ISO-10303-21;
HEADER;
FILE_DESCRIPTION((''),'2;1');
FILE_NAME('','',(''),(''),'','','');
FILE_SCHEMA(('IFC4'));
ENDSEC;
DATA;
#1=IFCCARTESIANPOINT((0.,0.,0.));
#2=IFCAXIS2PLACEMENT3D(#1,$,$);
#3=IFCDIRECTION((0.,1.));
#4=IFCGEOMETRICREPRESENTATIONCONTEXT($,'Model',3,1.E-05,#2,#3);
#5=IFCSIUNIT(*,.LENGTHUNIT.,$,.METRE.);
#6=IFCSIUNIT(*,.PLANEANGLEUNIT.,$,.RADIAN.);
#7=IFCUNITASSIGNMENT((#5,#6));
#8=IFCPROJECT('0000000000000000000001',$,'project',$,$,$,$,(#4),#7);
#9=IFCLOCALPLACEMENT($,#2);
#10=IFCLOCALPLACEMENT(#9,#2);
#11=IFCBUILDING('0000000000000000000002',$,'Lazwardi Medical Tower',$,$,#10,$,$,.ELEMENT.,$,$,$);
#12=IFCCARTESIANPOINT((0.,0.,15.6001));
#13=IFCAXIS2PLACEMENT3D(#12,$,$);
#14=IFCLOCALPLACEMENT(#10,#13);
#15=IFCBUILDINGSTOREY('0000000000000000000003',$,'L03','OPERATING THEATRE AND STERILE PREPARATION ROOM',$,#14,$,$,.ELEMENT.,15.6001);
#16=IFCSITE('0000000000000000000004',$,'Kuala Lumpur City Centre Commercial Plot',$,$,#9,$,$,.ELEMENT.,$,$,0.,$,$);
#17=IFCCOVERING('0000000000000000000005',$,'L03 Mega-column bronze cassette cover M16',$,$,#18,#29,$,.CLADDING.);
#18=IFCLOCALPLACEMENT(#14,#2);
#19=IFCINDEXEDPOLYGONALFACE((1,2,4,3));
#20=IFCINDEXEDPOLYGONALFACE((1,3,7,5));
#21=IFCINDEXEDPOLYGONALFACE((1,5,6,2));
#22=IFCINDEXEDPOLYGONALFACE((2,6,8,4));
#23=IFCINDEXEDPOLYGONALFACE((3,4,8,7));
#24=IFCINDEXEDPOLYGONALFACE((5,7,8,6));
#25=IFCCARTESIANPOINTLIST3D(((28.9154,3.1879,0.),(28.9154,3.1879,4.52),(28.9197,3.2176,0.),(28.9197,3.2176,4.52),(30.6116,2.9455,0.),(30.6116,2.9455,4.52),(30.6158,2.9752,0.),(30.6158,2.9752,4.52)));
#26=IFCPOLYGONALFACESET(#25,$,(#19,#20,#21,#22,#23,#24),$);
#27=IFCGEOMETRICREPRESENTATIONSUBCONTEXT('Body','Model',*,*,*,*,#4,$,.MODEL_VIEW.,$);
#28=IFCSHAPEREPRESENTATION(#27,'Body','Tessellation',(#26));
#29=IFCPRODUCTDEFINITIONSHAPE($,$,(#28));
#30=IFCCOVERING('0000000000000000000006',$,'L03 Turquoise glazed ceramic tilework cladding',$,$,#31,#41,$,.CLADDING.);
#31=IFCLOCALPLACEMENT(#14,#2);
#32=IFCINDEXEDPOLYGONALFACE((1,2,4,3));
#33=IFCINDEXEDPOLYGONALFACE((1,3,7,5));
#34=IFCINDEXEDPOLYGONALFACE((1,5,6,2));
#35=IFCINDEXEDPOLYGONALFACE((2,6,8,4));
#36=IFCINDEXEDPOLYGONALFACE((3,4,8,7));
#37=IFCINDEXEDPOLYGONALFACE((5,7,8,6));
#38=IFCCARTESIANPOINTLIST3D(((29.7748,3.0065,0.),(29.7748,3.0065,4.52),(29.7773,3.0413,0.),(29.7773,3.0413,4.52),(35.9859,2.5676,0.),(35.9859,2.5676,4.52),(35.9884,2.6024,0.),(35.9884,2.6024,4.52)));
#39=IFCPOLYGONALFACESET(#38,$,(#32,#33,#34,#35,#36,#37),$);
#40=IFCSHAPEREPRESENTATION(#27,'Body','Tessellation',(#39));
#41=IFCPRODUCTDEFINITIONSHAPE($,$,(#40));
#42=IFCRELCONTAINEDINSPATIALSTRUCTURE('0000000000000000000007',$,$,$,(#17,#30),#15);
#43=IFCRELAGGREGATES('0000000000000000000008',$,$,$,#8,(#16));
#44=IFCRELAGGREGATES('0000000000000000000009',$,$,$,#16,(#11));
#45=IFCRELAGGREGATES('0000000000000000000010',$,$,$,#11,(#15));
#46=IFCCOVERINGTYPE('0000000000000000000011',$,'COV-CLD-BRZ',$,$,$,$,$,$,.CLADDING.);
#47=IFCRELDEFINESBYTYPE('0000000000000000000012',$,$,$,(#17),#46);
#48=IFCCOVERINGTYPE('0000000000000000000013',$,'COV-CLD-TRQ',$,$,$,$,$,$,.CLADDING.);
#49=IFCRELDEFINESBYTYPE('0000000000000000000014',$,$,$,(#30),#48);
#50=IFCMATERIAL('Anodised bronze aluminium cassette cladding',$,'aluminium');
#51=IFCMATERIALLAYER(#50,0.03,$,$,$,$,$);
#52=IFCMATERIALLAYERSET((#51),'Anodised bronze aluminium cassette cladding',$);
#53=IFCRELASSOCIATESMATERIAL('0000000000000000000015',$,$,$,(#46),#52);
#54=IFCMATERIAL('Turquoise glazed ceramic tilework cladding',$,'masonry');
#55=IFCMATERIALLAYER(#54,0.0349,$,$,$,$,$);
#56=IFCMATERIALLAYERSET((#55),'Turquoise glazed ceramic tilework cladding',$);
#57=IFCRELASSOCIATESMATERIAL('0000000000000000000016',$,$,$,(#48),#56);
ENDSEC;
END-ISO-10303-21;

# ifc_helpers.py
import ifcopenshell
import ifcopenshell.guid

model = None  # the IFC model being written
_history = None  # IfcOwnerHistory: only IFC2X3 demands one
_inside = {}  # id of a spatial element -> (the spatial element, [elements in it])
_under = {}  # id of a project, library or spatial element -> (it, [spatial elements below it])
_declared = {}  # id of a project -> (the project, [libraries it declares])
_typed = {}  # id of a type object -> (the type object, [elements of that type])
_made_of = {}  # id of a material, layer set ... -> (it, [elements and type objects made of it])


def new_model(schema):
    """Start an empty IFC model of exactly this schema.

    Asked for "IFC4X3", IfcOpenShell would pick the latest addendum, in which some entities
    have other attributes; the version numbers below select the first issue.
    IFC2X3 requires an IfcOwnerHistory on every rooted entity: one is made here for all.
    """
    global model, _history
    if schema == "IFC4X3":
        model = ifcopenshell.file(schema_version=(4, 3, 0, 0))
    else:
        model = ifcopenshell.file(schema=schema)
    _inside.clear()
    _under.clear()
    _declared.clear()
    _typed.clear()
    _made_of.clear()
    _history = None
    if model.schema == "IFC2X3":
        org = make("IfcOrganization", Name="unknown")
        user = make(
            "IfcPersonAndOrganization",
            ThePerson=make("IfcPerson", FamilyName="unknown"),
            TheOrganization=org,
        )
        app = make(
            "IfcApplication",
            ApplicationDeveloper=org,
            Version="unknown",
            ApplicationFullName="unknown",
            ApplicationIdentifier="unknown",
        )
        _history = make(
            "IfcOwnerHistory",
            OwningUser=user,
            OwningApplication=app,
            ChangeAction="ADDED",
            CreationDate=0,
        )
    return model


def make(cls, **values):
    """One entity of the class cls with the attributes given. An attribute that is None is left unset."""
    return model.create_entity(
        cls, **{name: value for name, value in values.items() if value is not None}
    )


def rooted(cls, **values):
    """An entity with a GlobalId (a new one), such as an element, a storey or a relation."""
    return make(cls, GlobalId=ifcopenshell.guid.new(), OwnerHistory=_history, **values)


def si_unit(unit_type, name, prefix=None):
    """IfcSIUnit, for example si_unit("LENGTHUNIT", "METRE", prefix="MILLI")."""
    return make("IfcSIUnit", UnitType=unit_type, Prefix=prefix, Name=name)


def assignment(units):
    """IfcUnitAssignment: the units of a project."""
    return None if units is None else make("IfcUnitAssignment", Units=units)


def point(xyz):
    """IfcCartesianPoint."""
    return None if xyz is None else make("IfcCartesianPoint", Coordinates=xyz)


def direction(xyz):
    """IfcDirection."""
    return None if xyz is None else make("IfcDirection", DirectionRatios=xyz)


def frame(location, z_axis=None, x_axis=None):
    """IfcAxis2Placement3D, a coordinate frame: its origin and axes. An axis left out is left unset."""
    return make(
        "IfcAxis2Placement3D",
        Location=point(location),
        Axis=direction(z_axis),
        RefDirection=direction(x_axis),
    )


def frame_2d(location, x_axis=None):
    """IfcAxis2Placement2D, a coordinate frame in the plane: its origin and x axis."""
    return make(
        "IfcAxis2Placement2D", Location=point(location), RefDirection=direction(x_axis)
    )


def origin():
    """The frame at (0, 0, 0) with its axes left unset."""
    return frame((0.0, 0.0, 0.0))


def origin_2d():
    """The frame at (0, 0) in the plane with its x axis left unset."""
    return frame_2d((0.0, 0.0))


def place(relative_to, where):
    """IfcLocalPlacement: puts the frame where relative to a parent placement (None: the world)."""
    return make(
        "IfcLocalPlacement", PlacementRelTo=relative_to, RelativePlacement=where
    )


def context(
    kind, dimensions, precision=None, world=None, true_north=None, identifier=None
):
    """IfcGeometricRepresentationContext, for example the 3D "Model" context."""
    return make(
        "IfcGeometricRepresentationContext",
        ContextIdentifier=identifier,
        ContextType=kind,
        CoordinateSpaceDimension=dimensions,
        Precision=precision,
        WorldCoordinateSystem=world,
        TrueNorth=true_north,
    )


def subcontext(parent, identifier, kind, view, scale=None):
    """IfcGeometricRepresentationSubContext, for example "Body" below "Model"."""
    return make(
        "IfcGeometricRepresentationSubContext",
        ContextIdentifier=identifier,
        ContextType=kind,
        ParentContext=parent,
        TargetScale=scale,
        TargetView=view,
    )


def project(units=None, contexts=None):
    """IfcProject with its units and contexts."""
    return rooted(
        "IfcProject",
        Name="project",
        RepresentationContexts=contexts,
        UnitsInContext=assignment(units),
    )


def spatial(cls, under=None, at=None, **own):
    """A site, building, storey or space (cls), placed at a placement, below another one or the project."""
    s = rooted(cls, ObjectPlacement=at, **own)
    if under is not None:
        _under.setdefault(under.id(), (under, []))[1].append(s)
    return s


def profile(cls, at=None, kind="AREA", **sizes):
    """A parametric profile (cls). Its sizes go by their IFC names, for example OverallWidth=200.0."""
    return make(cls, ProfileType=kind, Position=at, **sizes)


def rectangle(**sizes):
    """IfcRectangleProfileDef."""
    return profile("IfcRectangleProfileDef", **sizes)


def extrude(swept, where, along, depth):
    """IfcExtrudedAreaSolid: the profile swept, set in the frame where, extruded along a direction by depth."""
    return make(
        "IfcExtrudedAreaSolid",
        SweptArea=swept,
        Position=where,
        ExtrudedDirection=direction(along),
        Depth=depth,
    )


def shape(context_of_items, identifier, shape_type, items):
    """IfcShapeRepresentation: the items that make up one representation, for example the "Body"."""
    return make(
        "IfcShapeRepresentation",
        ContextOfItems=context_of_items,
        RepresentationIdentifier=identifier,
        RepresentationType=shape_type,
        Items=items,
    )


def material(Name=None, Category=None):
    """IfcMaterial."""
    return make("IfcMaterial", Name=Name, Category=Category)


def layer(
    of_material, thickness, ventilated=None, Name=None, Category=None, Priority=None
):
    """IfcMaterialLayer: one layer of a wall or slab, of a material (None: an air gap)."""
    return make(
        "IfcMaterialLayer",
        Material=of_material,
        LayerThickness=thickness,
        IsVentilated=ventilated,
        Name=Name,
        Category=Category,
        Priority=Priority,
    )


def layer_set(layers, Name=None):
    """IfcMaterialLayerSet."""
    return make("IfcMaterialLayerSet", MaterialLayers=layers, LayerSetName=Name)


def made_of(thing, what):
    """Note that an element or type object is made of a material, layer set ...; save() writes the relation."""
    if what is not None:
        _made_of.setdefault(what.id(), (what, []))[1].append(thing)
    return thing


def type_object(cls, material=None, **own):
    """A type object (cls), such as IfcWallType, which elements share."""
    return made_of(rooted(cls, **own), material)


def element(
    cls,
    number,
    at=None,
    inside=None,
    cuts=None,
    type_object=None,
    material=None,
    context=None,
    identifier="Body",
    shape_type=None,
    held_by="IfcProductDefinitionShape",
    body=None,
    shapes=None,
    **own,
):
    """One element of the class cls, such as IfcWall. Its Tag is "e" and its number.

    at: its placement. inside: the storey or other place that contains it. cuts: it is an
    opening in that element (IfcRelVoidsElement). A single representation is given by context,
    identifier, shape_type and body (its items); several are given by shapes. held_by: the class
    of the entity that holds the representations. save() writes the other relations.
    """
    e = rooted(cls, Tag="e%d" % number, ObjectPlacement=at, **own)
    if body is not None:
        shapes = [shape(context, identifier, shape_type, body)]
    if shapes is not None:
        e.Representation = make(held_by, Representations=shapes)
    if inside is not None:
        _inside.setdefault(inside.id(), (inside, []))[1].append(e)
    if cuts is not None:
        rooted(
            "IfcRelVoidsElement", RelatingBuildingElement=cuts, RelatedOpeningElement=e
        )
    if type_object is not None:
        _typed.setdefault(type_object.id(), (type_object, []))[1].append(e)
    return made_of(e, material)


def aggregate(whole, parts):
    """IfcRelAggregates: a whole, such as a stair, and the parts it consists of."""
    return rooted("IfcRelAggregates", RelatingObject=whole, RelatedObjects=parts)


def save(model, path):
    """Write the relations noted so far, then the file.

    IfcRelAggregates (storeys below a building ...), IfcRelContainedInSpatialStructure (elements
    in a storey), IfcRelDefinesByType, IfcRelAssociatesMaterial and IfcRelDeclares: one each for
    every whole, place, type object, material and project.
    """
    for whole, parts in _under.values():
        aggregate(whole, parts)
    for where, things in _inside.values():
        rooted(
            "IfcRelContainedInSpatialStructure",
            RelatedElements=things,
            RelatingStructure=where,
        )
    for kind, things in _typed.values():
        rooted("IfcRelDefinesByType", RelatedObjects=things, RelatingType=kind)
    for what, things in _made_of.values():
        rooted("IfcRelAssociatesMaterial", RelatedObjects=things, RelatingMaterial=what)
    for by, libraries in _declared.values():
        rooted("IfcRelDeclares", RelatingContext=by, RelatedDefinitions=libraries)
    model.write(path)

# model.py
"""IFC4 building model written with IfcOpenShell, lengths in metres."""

from ifc_helpers import new_model, si_unit, direction, frame, origin, origin_2d, place, context, subcontext, project, spatial, rectangle, extrude, material, layer, layer_set, type_object, element, save


model = new_model("IFC4")

# Units and contexts
model_context = context("Model", 3, precision=1e-05, world=origin(), true_north=direction((0.0, 1.0)))
body_context = subcontext(model_context, "Body", "Model", "MODEL_VIEW")
ifc_project = project(units=[si_unit("LENGTHUNIT", "METRE"), si_unit("PLANEANGLEUNIT", "RADIAN")], contexts=[model_context])

# Site, building, storey
site_placement = place(None, origin())
site = spatial("IfcSite", under=ifc_project, at=site_placement, Name="Kuala Lumpur City Centre Commercial Plot", CompositionType="ELEMENT", RefElevation=0.0)
building_placement = place(site_placement, origin())
building = spatial("IfcBuilding", under=site, at=building_placement, Name="Lazwardi Medical Tower", CompositionType="ELEMENT")
storey_placement = place(building_placement, frame((0.0, 0.0, 15.6001)))
storey = spatial("IfcBuildingStorey", under=building, at=storey_placement, Name="L03", Description="OPERATING THEATRE AND STERILE PREPARATION ROOM", CompositionType="ELEMENT", Elevation=15.6001)

# Coverings
ifc_material_1 = material(Name="Anodised bronze aluminium cassette cladding", Category="aluminium")
ifc_layer_1 = layer(ifc_material_1, 0.03)
ifc_layer_set_1 = layer_set([ifc_layer_1], Name="Anodised bronze aluminium cassette cladding")
covering_type_1 = type_object("IfcCoveringType", Name="COV-CLD-BRZ", PredefinedType="CLADDING", material=ifc_layer_set_1)
covering_1_placement = place(storey_placement, frame((29.7656, 3.0815, 0.0), z_axis=(0.0, 0.0, 1.0), x_axis=(0.989943, -0.14147, 0.0)))
element("IfcCovering", 1, at=covering_1_placement, inside=storey, type_object=covering_type_1, Name="L03 Mega-column bronze cassette cover M16", PredefinedType="CLADDING", context=body_context, shape_type="SweptSolid", body=[
    extrude(rectangle(XDim=1.7134, YDim=0.03, at=origin_2d()), origin(), (0.0, 0.0, 1.0), 4.52),
])
ifc_material_2 = material(Name="Turquoise glazed ceramic tilework cladding", Category="masonry")
ifc_layer_2 = layer(ifc_material_2, 0.0349)
ifc_layer_set_2 = layer_set([ifc_layer_2], Name="Turquoise glazed ceramic tilework cladding")
covering_type_2 = type_object("IfcCoveringType", Name="COV-CLD-TRQ", PredefinedType="CLADDING", material=ifc_layer_set_2)
covering_2_placement = place(storey_placement, frame((32.8816, 2.8044, 0.0), z_axis=(0.0, 0.0, 1.0), x_axis=(0.997513, -0.070488, 0.0)))
element("IfcCovering", 2, at=covering_2_placement, inside=storey, type_object=covering_type_2, Name="L03 Turquoise glazed ceramic tilework cladding", PredefinedType="CLADDING", context=body_context, shape_type="SweptSolid", body=[
    extrude(rectangle(XDim=6.2266, YDim=0.0349, at=origin_2d()), origin(), (0.0, 0.0, 1.0), 4.52),
])

save(model, "model.ifc")
